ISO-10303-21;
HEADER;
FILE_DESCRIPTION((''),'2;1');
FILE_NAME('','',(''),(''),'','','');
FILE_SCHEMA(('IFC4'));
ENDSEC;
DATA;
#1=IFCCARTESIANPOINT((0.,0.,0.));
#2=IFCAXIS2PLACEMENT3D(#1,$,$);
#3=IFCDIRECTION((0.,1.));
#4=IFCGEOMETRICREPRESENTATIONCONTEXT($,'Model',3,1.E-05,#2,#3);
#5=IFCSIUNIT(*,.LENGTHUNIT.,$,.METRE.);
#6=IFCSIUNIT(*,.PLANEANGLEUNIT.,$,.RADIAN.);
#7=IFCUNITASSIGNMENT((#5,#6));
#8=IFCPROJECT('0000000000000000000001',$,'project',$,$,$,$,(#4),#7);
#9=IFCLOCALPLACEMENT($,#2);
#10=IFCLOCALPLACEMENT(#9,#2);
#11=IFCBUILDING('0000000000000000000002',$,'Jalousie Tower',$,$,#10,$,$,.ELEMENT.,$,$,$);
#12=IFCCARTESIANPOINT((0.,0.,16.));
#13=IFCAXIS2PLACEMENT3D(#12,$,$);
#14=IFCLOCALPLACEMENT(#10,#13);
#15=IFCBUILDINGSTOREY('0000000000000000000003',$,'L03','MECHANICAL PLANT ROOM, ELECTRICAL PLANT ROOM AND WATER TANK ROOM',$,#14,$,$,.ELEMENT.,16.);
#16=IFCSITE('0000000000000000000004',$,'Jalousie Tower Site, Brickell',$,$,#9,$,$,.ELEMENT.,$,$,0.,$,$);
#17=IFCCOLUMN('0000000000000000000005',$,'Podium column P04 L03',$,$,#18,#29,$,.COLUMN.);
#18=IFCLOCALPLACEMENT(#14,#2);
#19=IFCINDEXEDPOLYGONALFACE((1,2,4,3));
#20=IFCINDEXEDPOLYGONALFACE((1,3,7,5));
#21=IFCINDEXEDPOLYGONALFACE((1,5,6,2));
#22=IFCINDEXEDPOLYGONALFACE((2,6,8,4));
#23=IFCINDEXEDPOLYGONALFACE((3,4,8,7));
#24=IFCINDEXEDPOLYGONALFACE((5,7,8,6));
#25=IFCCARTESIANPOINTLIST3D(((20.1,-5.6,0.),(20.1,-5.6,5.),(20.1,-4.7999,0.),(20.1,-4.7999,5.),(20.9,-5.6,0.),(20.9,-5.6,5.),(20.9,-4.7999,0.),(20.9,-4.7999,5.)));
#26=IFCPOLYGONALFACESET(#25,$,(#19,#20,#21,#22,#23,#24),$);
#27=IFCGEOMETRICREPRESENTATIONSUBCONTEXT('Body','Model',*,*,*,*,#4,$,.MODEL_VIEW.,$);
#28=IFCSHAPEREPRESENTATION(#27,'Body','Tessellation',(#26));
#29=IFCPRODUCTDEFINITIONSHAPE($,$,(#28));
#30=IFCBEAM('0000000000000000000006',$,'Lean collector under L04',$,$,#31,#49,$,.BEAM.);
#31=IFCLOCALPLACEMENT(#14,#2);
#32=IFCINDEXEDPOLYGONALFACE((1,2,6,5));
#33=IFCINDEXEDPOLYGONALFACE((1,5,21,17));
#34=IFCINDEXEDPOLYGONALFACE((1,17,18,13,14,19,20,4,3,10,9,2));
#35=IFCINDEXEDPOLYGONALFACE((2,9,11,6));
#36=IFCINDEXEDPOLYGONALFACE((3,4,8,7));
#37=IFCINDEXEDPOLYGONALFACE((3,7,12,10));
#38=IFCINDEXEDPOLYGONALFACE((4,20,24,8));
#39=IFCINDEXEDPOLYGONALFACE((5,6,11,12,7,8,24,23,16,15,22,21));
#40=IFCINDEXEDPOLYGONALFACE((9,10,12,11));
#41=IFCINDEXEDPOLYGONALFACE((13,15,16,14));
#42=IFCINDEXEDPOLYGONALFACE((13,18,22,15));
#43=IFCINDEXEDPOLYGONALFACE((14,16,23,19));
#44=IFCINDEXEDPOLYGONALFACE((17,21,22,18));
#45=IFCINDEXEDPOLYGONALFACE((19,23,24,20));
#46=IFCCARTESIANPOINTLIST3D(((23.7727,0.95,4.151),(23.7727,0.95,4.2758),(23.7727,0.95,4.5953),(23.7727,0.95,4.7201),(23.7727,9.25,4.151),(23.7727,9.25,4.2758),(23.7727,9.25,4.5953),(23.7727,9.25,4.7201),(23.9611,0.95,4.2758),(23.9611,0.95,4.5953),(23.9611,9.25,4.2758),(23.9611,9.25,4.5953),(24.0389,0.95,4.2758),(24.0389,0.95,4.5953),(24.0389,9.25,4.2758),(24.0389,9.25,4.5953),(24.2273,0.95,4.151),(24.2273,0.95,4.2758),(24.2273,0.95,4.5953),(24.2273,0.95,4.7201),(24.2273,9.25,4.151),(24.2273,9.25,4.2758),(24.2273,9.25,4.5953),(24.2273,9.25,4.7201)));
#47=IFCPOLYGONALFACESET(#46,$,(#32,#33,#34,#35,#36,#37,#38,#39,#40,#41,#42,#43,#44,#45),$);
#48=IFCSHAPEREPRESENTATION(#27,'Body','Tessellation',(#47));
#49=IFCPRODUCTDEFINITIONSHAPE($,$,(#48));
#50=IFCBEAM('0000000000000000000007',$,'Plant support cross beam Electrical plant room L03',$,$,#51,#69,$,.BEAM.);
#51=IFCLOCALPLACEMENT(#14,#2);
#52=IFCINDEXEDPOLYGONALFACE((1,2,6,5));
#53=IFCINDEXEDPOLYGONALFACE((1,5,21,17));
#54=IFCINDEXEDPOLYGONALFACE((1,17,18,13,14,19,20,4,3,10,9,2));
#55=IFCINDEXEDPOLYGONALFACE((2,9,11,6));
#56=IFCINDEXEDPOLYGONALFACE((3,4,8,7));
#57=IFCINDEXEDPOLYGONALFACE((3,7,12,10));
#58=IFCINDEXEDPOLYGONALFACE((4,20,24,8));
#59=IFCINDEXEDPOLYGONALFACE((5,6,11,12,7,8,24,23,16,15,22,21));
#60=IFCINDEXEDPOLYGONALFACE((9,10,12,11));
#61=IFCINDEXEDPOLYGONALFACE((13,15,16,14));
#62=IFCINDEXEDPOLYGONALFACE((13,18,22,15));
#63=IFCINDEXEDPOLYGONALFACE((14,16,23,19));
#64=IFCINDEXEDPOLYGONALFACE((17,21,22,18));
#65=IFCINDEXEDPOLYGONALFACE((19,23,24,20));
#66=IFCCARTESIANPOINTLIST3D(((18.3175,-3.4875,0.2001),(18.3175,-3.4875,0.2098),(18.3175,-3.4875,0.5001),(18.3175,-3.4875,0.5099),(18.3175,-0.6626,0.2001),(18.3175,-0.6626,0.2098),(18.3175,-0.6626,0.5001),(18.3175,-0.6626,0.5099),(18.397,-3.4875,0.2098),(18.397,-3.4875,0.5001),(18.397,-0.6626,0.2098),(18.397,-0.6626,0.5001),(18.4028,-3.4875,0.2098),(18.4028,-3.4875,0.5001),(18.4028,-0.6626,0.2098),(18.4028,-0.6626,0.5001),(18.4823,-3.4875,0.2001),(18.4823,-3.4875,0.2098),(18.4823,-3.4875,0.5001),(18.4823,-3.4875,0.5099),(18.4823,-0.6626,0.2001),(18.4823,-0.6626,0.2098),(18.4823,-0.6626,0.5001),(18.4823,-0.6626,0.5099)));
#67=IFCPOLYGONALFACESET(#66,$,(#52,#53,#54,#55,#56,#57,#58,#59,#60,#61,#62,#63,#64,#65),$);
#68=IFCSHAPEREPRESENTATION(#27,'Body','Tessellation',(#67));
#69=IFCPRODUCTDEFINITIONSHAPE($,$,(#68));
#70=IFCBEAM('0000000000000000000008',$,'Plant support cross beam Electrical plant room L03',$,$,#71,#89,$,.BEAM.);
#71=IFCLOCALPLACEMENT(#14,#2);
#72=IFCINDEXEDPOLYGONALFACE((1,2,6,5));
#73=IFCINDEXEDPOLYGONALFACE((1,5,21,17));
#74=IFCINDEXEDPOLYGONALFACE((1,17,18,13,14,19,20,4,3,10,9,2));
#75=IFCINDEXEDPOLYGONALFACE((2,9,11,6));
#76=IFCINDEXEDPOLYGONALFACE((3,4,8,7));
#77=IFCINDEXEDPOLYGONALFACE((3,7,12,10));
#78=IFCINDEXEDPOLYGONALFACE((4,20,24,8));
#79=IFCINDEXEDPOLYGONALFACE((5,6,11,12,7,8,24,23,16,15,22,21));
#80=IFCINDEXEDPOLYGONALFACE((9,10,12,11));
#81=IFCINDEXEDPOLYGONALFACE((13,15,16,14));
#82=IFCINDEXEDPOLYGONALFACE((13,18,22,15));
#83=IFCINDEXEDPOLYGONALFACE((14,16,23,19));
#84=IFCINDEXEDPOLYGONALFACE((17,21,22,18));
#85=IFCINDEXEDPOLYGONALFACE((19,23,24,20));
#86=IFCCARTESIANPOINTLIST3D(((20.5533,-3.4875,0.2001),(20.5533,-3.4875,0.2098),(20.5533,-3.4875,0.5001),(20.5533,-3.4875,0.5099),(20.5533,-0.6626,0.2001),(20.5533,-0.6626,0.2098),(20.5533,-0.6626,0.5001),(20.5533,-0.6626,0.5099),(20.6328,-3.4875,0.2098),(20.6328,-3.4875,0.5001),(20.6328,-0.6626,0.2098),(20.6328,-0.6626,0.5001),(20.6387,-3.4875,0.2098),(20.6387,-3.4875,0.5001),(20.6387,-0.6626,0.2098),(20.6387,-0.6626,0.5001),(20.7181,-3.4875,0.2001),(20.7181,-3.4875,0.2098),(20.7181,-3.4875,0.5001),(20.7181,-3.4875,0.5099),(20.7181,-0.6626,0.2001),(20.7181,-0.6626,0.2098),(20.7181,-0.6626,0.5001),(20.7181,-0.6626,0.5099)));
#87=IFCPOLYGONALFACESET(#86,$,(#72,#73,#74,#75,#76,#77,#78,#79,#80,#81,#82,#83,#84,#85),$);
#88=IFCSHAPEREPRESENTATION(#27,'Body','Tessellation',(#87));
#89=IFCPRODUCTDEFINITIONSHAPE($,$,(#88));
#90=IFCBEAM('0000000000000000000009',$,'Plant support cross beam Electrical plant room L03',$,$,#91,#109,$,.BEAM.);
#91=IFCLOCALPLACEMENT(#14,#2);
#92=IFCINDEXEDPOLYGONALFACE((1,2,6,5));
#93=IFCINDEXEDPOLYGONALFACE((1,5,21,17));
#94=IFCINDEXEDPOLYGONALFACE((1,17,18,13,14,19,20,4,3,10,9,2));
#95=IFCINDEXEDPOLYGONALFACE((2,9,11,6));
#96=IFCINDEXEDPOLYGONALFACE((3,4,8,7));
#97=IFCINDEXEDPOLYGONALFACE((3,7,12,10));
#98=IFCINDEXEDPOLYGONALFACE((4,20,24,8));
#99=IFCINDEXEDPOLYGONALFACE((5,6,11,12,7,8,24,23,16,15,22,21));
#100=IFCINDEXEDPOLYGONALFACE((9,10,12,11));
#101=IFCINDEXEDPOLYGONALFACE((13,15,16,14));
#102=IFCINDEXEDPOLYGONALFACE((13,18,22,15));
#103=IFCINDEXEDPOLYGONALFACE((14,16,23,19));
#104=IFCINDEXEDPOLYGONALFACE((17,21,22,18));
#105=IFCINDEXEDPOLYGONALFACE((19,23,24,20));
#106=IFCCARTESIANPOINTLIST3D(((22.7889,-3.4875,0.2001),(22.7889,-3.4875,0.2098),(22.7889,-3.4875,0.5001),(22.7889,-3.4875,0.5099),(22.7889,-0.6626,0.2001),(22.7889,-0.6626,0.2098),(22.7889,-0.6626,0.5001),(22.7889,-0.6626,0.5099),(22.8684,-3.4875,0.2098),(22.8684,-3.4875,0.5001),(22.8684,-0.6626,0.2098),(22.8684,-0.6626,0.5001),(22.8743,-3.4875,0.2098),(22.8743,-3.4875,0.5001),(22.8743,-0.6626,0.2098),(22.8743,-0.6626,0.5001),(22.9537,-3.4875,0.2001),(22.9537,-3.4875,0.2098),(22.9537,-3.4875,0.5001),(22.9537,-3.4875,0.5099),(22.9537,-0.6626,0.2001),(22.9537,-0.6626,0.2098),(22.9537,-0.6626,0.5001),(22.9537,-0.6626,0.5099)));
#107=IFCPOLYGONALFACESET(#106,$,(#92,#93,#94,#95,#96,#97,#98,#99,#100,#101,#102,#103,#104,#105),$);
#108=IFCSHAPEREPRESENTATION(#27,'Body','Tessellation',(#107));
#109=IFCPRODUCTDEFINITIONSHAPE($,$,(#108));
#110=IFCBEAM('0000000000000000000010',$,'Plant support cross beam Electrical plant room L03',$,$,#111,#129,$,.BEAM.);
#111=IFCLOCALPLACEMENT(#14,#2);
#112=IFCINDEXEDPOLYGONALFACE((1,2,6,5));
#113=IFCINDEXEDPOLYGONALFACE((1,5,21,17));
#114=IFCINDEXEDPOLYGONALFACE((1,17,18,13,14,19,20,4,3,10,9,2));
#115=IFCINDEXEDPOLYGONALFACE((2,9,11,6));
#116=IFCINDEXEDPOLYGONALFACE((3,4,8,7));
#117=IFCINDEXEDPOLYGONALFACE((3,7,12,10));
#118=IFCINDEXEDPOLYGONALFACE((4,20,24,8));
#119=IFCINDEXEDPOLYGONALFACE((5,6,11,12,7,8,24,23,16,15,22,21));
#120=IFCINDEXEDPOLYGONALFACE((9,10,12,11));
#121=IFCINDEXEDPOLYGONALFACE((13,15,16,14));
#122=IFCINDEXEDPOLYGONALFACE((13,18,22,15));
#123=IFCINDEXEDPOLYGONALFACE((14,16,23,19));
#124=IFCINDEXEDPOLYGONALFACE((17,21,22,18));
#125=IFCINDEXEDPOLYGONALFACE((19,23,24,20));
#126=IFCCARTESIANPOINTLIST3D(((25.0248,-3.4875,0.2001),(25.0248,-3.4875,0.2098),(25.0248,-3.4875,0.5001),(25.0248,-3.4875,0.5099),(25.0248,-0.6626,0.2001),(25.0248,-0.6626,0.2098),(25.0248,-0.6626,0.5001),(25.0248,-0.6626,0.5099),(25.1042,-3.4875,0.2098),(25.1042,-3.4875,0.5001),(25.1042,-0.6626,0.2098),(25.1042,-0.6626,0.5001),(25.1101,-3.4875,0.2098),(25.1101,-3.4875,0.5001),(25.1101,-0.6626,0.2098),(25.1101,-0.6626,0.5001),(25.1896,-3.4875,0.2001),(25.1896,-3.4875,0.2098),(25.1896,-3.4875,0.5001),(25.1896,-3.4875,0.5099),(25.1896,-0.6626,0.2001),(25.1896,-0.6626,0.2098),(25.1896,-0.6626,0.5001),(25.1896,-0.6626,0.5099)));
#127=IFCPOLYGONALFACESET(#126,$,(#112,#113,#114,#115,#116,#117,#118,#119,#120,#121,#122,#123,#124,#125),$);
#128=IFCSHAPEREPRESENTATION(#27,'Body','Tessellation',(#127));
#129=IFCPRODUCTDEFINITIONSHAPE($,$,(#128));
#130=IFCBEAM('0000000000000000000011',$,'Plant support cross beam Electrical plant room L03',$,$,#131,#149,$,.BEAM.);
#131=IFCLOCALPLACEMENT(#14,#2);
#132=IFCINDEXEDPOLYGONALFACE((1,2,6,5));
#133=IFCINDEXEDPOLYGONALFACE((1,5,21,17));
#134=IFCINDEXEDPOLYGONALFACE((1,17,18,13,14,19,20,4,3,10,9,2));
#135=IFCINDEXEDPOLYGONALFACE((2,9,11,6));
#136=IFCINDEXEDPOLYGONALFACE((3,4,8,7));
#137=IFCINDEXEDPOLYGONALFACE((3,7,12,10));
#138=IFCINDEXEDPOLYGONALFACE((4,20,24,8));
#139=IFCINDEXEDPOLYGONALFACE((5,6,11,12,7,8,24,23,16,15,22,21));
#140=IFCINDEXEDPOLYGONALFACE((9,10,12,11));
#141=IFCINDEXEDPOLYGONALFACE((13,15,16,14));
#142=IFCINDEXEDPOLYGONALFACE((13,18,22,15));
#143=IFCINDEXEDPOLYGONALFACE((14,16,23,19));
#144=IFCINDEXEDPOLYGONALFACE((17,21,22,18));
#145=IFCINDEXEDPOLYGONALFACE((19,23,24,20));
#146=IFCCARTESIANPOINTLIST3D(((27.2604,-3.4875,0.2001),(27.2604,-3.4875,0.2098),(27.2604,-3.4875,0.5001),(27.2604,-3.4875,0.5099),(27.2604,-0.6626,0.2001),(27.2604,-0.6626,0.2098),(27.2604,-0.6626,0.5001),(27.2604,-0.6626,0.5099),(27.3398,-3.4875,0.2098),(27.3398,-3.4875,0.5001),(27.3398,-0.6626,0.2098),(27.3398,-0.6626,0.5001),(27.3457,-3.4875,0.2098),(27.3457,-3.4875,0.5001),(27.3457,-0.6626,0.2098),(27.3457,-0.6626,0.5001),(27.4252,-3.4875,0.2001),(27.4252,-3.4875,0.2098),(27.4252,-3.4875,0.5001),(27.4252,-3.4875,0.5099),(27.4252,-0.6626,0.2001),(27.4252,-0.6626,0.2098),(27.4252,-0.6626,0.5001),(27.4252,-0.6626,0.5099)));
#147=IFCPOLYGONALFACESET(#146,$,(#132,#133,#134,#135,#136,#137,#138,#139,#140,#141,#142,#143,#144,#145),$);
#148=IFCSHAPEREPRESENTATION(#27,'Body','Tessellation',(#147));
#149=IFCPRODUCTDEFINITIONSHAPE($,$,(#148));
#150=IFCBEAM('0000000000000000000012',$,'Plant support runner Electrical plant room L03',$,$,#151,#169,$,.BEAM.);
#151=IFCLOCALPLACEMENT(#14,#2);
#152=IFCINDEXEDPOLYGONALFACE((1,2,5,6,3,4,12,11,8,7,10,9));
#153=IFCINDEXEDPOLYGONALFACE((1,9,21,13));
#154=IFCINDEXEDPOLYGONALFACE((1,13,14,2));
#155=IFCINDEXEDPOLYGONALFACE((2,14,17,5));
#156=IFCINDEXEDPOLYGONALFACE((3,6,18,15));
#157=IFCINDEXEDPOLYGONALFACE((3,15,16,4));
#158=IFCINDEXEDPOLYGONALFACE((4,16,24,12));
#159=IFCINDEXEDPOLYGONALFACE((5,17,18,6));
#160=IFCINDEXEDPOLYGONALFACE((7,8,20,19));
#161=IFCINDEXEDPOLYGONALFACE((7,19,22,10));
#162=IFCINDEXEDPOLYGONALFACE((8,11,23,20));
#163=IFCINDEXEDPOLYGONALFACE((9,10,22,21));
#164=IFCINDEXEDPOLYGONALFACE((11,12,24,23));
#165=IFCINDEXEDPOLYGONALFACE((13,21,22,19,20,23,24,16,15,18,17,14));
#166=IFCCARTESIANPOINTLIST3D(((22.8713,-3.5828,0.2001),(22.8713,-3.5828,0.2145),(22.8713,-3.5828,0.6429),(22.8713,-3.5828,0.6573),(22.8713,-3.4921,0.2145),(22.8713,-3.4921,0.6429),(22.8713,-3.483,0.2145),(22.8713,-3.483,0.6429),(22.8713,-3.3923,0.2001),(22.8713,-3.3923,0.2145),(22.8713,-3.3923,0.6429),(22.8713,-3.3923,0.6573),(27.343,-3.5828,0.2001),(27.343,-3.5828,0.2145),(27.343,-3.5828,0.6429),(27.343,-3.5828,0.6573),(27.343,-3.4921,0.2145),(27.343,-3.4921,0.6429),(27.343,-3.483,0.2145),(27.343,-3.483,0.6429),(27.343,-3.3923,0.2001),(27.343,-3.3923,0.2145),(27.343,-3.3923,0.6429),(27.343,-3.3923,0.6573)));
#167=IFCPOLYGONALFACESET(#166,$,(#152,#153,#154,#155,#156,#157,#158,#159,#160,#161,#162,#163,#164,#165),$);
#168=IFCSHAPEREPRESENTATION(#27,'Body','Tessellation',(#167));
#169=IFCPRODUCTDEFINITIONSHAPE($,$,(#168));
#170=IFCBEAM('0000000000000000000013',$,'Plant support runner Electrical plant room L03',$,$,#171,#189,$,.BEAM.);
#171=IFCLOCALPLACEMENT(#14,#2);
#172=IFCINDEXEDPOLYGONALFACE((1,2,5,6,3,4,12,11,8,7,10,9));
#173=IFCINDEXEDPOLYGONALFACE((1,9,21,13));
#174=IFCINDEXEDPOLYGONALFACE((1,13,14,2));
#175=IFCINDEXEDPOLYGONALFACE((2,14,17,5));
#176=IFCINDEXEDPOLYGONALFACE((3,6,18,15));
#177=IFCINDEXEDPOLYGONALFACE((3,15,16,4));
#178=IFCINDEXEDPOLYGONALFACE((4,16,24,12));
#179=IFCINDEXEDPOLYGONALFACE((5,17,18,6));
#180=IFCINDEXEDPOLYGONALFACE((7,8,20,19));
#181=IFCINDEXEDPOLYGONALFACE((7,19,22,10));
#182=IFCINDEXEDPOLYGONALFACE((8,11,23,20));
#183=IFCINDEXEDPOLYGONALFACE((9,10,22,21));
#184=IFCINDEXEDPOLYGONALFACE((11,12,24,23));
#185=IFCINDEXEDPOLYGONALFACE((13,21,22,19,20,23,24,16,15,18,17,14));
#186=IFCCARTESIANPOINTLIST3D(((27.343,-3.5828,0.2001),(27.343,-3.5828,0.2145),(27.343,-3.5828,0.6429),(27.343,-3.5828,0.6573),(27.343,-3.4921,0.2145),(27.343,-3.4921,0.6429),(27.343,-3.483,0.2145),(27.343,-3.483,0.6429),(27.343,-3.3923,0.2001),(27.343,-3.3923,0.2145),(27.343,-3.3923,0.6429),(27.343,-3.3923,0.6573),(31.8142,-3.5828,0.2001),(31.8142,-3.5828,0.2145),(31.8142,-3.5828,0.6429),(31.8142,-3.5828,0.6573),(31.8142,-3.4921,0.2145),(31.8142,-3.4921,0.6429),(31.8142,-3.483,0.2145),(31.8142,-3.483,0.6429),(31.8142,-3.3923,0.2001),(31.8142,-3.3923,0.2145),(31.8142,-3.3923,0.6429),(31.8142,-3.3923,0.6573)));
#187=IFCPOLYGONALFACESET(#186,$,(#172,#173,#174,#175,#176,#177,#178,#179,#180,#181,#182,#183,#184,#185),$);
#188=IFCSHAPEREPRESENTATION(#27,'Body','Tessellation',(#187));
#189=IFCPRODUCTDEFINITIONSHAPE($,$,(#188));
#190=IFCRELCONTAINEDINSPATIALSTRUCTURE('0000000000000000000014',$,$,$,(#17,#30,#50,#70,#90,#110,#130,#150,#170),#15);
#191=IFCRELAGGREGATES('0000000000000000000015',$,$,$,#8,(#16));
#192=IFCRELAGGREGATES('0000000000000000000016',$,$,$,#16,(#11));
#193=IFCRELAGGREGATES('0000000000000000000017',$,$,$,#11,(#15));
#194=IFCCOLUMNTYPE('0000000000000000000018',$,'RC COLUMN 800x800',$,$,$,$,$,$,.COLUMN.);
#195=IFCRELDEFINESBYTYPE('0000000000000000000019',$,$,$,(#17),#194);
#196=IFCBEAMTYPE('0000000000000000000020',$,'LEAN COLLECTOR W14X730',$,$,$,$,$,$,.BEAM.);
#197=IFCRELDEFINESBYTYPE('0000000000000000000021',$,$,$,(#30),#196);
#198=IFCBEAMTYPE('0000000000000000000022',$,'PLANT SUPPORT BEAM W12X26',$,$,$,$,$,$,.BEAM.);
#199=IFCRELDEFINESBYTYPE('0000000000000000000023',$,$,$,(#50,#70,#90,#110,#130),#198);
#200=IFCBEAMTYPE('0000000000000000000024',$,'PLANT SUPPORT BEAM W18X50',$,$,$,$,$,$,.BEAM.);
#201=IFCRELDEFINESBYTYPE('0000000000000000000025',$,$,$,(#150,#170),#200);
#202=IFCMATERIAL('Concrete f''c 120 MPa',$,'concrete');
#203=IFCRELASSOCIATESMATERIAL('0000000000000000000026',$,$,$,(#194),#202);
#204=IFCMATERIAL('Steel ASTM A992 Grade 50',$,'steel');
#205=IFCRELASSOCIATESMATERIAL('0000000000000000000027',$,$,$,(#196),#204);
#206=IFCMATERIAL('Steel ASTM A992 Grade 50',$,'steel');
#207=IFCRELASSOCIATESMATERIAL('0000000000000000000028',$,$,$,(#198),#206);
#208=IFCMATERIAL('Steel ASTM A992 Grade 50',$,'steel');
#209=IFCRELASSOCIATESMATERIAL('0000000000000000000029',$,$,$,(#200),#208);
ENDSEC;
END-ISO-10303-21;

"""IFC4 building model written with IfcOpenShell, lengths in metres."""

from ifc_helpers import new_model, si_unit, direction, frame, origin, origin_2d, place, context, subcontext, project, spatial, rectangle, i_section, extrude, material, material_profile, profile_set, type_object, element, save


model = new_model("IFC4")

# Units and contexts
model_context = context("Model", 3, precision=1e-05, world=origin(), true_north=direction((0.0, 1.0)))
body_context = subcontext(model_context, "Body", "Model", "MODEL_VIEW")
ifc_project = project(units=[si_unit("LENGTHUNIT", "METRE"), si_unit("PLANEANGLEUNIT", "RADIAN")], contexts=[model_context])

# Site, building, storey
site_placement = place(None, origin())
site = spatial("IfcSite", under=ifc_project, at=site_placement, Name="Jalousie Tower Site, Brickell", CompositionType="ELEMENT", RefElevation=0.0)
building_placement = place(site_placement, origin())
building = spatial("IfcBuilding", under=site, at=building_placement, Name="Jalousie Tower", CompositionType="ELEMENT")
storey_placement = place(building_placement, frame((0.0, 0.0, 16.0)))
storey = spatial("IfcBuildingStorey", under=building, at=storey_placement, Name="L03", Description="MECHANICAL PLANT ROOM, ELECTRICAL PLANT ROOM AND WATER TANK ROOM", CompositionType="ELEMENT", Elevation=16.0)

# Column
ifc_material_1 = material(Name="Concrete f'c 120 MPa", Category="concrete")
ifc_material_profile_1 = material_profile(ifc_material_1, rectangle(XDim=0.8, YDim=0.8, at=origin_2d()), Name="RC 800x800")
ifc_profile_set_1 = profile_set([ifc_material_profile_1], Name="Concrete f'c 120 MPa")
column_type = type_object("IfcColumnType", Name="RC COLUMN 800x800", PredefinedType="COLUMN", material=ifc_profile_set_1)
column_placement = place(storey_placement, frame((20.5, -5.2, 0.0), z_axis=(0.0, 0.0, 1.0), x_axis=(1.0, 0.0, 0.0)))
element("IfcColumn", 1, at=column_placement, inside=storey, type_object=column_type, Name="Podium column P04 L03", PredefinedType="COLUMN", context=body_context, shape_type="SweptSolid", body=[
    extrude(rectangle(XDim=0.8, YDim=0.8, at=origin_2d()), origin(), (0.0, 0.0, 1.0), 5.0),
])

# Beams
ifc_material_2 = material(Name="Steel ASTM A992 Grade 50", Category="steel")
ifc_material_profile_2 = material_profile(ifc_material_2, i_section(OverallWidth=0.4546, OverallDepth=0.5691, WebThickness=0.0779, FlangeThickness=0.1248, at=origin_2d()), Name="W14X730")
ifc_profile_set_2 = profile_set([ifc_material_profile_2], Name="Steel ASTM A992 Grade 50")
beam_type_1 = type_object("IfcBeamType", Name="LEAN COLLECTOR W14X730", PredefinedType="BEAM", material=ifc_profile_set_2)
beam_1_placement = place(storey_placement, frame((24.0, 0.95, 4.4355), z_axis=(0.0, 1.0, 0.0), x_axis=(-1.0, 0.0, 0.0)))
element("IfcBeam", 2, at=beam_1_placement, inside=storey, type_object=beam_type_1, Name="Lean collector under L04", PredefinedType="BEAM", context=body_context, shape_type="SweptSolid", body=[
    extrude(i_section(OverallWidth=0.4546, OverallDepth=0.5691, WebThickness=0.0779, FlangeThickness=0.1248, at=origin_2d()), origin(), (0.0, 0.0, 1.0), 8.3),
])
ifc_material_3 = material(Name="Steel ASTM A992 Grade 50", Category="steel")
ifc_material_profile_3 = material_profile(ifc_material_3, i_section(OverallWidth=0.1648, OverallDepth=0.3098, WebThickness=0.0059, FlangeThickness=0.0098, at=origin_2d()), Name="W12X26")
ifc_profile_set_3 = profile_set([ifc_material_profile_3], Name="Steel ASTM A992 Grade 50")
beam_type_2 = type_object("IfcBeamType", Name="PLANT SUPPORT BEAM W12X26", PredefinedType="BEAM", material=ifc_profile_set_3)
for number, where, z_axis, x_axis, name in (
    (3, (18.3999, -3.4875, 0.355), (0.0, 1.0, 0.0), (-1.0, 0.0, 0.0), "Plant support cross beam Electrical plant room L03"),
    (4, (20.6357, -3.4875, 0.355), (0.0, 1.0, 0.0), (-1.0, 0.0, 0.0), "Plant support cross beam Electrical plant room L03"),
    (5, (22.8713, -3.4875, 0.355), (0.0, 1.0, 0.0), (-1.0, 0.0, 0.0), "Plant support cross beam Electrical plant room L03"),
    (6, (25.1072, -3.4875, 0.355), (0.0, 1.0, 0.0), (-1.0, 0.0, 0.0), "Plant support cross beam Electrical plant room L03"),
    (7, (27.3428, -3.4875, 0.355), (0.0, 1.0, 0.0), (-1.0, 0.0, 0.0), "Plant support cross beam Electrical plant room L03"),
):
    element("IfcBeam", number, at=place(storey_placement, frame(where, z_axis=z_axis, x_axis=x_axis)), inside=storey, type_object=beam_type_2, Name=name, PredefinedType="BEAM", context=body_context, shape_type="SweptSolid", body=[
        extrude(i_section(OverallWidth=0.1648, OverallDepth=0.3098, WebThickness=0.0059, FlangeThickness=0.0098, at=origin_2d()), origin(), (0.0, 0.0, 1.0), 2.825),
    ])
ifc_material_4 = material(Name="Steel ASTM A992 Grade 50", Category="steel")
ifc_material_profile_4 = material_profile(ifc_material_4, i_section(OverallWidth=0.1904, OverallDepth=0.4573, WebThickness=0.009, FlangeThickness=0.0144, at=origin_2d()), Name="W18X50")
ifc_profile_set_4 = profile_set([ifc_material_profile_4], Name="Steel ASTM A992 Grade 50")
beam_type_3 = type_object("IfcBeamType", Name="PLANT SUPPORT BEAM W18X50", PredefinedType="BEAM", material=ifc_profile_set_4)
beam_2_placement = place(storey_placement, frame((22.8713, -3.4875, 0.4287), z_axis=(1.0, 0.0, 0.0), x_axis=(0.0, 1.0, 0.0)))
element("IfcBeam", 8, at=beam_2_placement, inside=storey, type_object=beam_type_3, Name="Plant support runner Electrical plant room L03", PredefinedType="BEAM", context=body_context, shape_type="SweptSolid", body=[
    extrude(i_section(OverallWidth=0.1904, OverallDepth=0.4573, WebThickness=0.009, FlangeThickness=0.0144, at=origin_2d()), origin(), (0.0, 0.0, 1.0), 4.4717),
])
beam_3_placement = place(storey_placement, frame((27.343, -3.4875, 0.4287), z_axis=(1.0, 0.0, 0.0), x_axis=(0.0, 1.0, 0.0)))
element("IfcBeam", 9, at=beam_3_placement, inside=storey, type_object=beam_type_3, Name="Plant support runner Electrical plant room L03", PredefinedType="BEAM", context=body_context, shape_type="SweptSolid", body=[
    extrude(i_section(OverallWidth=0.1904, OverallDepth=0.4573, WebThickness=0.009, FlangeThickness=0.0144, at=origin_2d()), origin(), (0.0, 0.0, 1.0), 4.4712),
])

save(model, "model.ifc")
